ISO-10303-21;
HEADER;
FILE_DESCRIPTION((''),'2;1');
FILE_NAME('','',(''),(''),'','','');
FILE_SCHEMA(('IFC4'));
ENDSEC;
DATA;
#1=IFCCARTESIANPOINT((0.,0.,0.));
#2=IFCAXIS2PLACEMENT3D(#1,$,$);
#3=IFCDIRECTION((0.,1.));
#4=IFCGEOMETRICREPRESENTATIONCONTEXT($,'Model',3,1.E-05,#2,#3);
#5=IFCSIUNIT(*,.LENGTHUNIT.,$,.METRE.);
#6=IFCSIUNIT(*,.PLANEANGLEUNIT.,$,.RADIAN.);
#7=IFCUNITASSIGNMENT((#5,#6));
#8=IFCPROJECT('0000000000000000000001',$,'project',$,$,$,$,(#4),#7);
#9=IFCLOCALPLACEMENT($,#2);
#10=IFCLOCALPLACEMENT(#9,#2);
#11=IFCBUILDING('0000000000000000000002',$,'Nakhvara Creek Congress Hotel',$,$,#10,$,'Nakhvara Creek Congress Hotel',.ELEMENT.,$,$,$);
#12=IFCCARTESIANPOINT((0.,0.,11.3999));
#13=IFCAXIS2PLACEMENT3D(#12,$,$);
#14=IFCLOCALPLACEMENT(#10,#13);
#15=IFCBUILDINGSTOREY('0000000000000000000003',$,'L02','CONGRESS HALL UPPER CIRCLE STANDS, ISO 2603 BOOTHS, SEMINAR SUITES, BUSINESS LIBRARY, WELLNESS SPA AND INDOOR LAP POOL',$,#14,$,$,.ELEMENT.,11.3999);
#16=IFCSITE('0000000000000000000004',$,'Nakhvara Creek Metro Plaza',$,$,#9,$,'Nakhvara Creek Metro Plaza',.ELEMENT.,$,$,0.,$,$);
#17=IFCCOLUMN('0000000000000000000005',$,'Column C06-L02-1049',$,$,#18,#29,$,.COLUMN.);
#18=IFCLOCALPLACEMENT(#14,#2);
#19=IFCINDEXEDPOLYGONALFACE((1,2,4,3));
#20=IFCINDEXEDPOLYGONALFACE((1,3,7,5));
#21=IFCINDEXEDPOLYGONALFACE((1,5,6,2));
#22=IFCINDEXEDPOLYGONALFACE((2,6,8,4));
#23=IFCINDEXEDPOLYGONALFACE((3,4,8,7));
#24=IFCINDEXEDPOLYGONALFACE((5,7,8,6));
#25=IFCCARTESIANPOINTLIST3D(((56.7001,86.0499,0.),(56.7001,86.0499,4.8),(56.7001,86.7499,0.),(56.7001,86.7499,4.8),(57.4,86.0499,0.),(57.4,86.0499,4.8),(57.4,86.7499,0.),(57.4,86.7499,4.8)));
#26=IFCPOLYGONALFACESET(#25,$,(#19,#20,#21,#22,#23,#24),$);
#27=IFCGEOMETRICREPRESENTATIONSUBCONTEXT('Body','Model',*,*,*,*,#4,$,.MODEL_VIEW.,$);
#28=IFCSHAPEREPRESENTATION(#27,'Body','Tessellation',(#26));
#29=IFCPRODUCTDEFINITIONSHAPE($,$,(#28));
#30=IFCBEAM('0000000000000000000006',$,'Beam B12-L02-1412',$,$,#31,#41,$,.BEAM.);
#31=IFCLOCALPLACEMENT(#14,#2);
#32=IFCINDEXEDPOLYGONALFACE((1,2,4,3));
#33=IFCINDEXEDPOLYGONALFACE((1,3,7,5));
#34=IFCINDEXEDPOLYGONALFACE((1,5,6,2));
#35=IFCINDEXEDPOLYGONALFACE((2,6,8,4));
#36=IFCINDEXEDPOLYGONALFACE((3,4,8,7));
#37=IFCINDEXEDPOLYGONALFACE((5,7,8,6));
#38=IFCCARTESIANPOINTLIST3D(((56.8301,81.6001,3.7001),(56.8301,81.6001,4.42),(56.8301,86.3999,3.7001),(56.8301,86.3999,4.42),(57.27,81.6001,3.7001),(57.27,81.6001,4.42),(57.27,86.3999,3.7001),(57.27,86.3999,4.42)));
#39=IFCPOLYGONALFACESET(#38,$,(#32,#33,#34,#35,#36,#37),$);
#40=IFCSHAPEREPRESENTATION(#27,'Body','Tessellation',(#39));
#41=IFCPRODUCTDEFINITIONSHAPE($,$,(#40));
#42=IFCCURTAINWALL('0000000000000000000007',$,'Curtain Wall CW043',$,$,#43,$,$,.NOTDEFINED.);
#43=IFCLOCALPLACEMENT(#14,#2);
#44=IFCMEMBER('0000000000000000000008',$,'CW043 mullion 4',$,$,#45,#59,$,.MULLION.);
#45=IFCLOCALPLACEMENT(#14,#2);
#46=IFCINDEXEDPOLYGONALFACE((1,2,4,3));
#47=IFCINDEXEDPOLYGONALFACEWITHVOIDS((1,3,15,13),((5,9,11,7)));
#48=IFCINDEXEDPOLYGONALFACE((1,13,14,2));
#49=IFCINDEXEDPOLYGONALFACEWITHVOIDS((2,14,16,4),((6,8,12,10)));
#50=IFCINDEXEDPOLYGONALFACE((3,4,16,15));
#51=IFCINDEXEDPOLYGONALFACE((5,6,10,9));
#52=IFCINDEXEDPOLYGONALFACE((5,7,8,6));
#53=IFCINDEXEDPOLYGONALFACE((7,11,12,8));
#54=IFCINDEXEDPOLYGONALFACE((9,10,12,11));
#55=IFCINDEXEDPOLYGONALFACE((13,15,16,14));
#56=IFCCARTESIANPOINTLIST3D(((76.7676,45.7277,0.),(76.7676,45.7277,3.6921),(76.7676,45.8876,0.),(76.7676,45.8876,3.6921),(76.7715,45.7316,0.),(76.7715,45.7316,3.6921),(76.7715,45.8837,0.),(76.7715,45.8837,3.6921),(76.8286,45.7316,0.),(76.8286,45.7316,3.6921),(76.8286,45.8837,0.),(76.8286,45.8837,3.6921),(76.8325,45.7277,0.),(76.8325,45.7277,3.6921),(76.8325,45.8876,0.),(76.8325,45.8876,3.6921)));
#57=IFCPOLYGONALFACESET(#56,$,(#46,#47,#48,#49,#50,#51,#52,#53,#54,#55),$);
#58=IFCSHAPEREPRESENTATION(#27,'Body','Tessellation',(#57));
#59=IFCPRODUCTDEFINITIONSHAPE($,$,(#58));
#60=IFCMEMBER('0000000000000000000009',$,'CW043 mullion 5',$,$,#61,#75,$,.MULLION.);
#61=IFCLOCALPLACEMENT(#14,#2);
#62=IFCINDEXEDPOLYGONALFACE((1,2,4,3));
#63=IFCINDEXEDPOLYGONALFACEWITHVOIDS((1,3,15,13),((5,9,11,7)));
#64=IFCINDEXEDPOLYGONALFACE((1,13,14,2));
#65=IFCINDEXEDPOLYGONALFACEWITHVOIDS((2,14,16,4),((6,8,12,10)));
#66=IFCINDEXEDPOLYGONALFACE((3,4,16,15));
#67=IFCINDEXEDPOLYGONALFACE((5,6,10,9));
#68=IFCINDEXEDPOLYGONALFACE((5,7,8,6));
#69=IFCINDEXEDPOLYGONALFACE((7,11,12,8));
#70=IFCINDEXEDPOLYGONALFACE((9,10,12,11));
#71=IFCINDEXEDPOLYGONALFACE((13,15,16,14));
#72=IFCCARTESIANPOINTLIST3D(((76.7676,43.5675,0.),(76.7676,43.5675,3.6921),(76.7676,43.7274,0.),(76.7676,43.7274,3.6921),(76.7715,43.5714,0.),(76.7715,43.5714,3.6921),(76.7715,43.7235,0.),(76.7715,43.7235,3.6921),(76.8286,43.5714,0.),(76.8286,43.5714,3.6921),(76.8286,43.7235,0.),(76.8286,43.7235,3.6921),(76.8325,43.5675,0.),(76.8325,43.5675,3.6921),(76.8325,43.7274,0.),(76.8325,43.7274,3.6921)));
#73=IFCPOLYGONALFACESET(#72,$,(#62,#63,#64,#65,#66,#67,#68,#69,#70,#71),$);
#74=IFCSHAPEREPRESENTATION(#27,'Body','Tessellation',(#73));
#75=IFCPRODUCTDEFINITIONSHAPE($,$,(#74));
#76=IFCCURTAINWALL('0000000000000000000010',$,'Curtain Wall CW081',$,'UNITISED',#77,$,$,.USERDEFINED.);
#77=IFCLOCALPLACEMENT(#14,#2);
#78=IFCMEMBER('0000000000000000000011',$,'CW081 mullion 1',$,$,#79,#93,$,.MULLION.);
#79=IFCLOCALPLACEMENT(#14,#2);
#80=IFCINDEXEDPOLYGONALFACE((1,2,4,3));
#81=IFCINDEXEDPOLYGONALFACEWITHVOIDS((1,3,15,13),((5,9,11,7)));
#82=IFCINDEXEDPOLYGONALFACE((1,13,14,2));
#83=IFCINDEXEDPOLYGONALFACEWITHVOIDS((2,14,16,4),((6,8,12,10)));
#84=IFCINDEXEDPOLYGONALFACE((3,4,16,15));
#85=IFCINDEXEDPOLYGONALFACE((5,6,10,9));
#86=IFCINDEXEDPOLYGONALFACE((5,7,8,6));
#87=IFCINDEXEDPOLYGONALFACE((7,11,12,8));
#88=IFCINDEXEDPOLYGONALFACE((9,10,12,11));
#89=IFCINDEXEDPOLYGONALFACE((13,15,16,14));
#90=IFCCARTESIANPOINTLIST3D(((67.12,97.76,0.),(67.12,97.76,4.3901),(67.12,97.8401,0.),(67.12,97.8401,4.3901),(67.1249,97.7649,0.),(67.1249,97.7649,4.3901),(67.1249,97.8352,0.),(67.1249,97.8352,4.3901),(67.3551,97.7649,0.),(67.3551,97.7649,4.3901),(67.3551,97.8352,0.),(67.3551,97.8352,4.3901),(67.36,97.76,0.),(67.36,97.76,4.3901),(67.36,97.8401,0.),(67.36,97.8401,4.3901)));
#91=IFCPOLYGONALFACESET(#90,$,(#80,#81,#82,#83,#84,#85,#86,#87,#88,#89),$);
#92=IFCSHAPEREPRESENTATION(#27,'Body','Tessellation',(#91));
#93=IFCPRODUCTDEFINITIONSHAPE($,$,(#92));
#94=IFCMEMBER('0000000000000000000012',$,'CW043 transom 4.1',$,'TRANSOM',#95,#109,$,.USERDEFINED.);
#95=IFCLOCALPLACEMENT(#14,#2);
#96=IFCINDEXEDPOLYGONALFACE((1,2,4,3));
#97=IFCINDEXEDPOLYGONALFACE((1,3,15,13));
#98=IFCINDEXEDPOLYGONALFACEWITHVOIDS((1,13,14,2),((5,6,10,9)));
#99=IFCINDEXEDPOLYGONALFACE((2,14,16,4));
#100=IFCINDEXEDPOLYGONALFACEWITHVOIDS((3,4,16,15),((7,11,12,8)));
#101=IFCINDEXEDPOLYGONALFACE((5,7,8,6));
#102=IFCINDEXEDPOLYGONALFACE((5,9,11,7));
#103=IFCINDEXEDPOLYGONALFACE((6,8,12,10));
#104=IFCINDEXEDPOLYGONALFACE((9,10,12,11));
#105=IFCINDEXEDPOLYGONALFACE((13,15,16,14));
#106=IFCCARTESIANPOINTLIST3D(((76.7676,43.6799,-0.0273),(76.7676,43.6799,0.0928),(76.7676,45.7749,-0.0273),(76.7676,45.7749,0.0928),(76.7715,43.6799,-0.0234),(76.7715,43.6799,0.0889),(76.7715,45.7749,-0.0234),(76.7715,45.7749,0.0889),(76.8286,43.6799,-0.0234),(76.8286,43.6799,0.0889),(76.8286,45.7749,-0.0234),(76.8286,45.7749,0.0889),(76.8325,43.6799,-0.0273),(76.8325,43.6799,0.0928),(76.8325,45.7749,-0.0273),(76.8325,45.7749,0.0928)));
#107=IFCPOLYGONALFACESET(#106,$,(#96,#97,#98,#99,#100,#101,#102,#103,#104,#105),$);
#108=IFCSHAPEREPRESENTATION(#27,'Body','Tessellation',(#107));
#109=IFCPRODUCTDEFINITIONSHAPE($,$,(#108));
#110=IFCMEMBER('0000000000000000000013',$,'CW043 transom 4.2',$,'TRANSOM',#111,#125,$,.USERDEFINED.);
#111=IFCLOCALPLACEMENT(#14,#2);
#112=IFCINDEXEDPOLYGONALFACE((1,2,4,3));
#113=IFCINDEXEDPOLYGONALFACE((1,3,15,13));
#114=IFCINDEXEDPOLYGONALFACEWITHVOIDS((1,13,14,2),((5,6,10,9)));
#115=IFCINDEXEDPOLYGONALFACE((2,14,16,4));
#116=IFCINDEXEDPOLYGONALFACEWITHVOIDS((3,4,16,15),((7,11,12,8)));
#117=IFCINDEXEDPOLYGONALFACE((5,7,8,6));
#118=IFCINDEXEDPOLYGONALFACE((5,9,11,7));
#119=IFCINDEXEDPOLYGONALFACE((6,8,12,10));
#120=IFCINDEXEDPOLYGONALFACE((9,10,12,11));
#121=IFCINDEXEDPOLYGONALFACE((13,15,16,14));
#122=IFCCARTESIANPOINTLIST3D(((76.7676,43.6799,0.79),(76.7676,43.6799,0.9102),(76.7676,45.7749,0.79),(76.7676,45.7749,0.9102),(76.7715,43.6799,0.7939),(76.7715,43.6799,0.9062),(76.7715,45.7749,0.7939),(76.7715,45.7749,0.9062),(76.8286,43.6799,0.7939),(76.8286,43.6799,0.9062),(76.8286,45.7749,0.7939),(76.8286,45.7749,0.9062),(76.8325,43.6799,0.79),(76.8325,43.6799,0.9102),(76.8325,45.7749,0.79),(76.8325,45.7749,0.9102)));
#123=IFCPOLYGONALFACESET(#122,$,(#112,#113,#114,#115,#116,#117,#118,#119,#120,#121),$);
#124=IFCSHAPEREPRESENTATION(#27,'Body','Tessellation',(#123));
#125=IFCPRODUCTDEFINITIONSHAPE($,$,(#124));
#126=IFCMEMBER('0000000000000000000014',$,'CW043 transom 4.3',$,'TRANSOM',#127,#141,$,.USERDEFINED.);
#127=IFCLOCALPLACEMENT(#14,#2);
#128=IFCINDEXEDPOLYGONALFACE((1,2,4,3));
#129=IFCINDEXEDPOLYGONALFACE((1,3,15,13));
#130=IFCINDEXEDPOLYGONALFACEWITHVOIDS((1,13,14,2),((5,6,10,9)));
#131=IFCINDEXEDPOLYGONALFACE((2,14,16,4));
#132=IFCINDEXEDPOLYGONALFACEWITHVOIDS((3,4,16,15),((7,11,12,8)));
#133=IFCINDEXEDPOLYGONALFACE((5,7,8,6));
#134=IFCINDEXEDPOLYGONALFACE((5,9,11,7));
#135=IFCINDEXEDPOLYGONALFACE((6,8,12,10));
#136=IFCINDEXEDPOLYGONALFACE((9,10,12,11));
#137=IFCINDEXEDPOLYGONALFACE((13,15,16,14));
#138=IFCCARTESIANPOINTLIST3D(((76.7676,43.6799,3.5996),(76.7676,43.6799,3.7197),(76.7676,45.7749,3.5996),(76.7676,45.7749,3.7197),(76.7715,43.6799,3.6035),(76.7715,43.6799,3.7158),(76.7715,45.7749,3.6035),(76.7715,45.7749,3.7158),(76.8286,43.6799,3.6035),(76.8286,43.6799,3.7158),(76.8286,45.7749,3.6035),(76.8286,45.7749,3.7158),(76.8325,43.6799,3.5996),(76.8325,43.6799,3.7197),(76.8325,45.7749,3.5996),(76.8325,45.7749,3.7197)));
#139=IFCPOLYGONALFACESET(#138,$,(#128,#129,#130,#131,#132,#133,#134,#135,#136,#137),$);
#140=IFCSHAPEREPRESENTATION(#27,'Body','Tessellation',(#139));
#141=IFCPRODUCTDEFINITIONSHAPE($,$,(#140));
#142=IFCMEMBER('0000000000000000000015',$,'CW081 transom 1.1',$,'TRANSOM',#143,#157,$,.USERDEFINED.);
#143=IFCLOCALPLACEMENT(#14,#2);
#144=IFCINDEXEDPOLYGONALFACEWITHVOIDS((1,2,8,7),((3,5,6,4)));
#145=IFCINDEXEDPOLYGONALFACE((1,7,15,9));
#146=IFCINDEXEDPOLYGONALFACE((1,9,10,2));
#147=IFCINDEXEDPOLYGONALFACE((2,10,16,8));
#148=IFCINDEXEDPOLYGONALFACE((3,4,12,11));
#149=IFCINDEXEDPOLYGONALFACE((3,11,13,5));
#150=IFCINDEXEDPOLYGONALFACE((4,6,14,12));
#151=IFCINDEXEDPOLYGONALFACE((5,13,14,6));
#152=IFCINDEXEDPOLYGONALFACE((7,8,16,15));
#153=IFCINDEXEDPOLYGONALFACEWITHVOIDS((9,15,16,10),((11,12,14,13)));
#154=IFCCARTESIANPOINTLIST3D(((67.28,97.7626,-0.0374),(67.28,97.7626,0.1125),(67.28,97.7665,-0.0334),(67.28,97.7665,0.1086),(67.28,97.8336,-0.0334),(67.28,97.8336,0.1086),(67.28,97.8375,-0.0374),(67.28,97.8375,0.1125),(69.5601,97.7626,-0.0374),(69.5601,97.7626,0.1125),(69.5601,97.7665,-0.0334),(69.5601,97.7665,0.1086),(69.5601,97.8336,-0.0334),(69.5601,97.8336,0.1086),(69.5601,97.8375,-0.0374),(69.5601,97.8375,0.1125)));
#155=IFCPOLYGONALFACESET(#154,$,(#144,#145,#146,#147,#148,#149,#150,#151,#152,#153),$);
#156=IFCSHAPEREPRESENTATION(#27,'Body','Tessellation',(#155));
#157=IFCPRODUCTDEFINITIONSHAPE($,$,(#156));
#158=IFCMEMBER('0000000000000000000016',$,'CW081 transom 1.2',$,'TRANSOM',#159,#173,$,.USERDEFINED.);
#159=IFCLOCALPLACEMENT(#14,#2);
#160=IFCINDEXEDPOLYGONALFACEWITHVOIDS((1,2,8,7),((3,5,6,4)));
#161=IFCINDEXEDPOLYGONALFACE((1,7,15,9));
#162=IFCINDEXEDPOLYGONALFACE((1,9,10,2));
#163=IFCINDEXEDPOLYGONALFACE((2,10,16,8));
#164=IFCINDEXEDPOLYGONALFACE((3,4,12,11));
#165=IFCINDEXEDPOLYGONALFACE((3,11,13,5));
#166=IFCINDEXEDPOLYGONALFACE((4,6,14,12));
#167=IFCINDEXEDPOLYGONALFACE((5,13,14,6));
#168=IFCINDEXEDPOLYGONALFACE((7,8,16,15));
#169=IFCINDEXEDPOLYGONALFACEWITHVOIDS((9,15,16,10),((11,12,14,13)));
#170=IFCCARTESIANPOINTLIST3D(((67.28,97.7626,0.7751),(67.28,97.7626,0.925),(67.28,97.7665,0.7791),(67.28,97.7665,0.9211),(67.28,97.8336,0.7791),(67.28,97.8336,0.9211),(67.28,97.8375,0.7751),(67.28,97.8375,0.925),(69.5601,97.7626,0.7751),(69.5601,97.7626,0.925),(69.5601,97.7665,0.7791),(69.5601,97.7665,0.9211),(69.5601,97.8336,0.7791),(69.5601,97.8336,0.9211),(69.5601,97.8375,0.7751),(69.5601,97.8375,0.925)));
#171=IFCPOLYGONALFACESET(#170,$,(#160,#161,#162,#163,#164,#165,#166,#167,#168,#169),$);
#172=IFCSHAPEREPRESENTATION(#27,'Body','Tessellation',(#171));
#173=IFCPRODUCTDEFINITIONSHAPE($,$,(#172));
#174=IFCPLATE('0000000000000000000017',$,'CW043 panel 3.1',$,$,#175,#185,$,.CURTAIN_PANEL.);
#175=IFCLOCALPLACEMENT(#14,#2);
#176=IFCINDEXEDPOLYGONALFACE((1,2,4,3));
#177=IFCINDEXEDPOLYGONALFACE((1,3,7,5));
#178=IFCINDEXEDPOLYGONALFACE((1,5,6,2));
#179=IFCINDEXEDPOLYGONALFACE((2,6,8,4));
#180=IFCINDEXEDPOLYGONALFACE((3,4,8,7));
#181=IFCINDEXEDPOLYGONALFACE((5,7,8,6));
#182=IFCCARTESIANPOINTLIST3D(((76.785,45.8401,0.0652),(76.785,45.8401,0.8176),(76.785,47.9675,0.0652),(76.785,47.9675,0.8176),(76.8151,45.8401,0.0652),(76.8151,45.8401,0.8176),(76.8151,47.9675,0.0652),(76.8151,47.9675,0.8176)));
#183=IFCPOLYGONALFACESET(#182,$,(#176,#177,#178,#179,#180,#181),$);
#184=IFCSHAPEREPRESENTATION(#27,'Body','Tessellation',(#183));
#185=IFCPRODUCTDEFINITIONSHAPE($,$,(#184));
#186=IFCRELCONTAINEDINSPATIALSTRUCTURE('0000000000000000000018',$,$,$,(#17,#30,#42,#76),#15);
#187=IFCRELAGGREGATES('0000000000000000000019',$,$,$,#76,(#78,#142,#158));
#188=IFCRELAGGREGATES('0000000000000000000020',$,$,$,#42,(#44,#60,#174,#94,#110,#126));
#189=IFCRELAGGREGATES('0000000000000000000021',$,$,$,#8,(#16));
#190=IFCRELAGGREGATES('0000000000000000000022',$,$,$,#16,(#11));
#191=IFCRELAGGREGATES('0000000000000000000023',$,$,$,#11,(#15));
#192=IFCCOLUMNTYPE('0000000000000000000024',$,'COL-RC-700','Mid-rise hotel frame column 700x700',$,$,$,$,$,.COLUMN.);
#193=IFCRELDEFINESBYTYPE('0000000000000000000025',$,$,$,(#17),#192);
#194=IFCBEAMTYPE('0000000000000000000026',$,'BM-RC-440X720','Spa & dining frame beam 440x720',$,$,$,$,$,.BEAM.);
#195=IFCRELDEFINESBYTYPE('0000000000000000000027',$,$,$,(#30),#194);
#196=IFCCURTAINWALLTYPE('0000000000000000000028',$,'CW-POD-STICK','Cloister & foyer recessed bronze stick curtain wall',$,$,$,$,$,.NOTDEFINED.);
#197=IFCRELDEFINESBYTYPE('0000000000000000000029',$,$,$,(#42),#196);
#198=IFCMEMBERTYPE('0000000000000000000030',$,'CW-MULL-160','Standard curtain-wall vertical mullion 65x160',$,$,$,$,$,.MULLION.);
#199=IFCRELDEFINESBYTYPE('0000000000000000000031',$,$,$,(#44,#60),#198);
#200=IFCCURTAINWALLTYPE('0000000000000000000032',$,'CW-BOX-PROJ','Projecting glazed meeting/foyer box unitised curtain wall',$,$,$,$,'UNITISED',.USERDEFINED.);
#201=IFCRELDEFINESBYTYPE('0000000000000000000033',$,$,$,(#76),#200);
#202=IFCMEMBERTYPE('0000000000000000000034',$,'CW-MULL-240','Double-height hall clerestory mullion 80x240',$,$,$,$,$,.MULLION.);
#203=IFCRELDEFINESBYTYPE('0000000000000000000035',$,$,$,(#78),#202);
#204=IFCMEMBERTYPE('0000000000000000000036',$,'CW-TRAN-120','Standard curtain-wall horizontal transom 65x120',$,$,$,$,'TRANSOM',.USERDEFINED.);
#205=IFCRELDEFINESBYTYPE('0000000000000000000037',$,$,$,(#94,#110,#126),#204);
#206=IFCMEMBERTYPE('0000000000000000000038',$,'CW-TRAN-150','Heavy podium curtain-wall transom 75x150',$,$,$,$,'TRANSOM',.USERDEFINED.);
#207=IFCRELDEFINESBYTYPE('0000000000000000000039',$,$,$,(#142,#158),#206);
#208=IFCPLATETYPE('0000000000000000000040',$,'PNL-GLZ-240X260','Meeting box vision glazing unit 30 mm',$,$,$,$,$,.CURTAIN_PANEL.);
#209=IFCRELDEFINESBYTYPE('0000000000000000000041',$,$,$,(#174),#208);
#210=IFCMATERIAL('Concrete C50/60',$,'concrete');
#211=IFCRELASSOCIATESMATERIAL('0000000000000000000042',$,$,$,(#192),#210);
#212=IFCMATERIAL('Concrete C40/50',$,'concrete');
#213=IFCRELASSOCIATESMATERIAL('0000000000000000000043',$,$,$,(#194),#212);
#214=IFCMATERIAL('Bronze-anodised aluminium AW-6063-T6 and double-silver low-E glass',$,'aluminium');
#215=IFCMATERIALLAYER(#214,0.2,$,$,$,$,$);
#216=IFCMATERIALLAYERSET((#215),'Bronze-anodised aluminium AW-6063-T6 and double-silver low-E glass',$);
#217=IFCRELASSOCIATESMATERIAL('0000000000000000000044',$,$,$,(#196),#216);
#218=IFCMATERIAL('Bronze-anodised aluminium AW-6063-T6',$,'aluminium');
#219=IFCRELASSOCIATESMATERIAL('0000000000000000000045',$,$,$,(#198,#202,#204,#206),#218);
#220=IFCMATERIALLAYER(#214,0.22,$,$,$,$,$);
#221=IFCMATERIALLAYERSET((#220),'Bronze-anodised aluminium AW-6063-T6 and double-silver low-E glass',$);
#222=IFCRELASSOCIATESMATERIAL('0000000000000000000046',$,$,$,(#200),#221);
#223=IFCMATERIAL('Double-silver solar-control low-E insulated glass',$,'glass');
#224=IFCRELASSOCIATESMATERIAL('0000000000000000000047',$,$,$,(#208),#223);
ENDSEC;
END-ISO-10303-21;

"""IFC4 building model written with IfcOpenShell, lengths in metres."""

from ifc_helpers import new_model, si_unit, direction, frame, origin, origin_2d, place, context, subcontext, project, spatial, rectangle, hollow_rectangle, extrude, material, layer, layer_set, material_profile, profile_set, type_object, element, aggregate, save


model = new_model("IFC4")

# Units and contexts
model_context = context("Model", 3, precision=1e-05, world=origin(), true_north=direction((0.0, 1.0)))
body_context = subcontext(model_context, "Body", "Model", "MODEL_VIEW")
ifc_project = project(units=[si_unit("LENGTHUNIT", "METRE"), si_unit("PLANEANGLEUNIT", "RADIAN")], contexts=[model_context])

# Site, building, storey
site_placement = place(None, origin())
site = spatial("IfcSite", under=ifc_project, at=site_placement, Name="Nakhvara Creek Metro Plaza", LongName="Nakhvara Creek Metro Plaza", CompositionType="ELEMENT", RefElevation=0.0)
building_placement = place(site_placement, origin())
building = spatial("IfcBuilding", under=site, at=building_placement, Name="Nakhvara Creek Congress Hotel", LongName="Nakhvara Creek Congress Hotel", CompositionType="ELEMENT")
storey_placement = place(building_placement, frame((0.0, 0.0, 11.3999)))
storey = spatial("IfcBuildingStorey", under=building, at=storey_placement, Name="L02", Description="CONGRESS HALL UPPER CIRCLE STANDS, ISO 2603 BOOTHS, SEMINAR SUITES, BUSINESS LIBRARY, WELLNESS SPA AND INDOOR LAP POOL", CompositionType="ELEMENT", Elevation=11.3999)

# Column
ifc_material_1 = material(Name="Concrete C50/60", Category="concrete")
ifc_material_profile_1 = material_profile(ifc_material_1, rectangle(XDim=0.7, YDim=0.7, at=origin_2d()), Name="RC-COL 700x700", Category="LoadBearing")
ifc_profile_set_1 = profile_set([ifc_material_profile_1], Name="Concrete C50/60")
column_type = type_object("IfcColumnType", Name="COL-RC-700", Description="Mid-rise hotel frame column 700x700", PredefinedType="COLUMN", material=ifc_profile_set_1)
column_placement = place(storey_placement, frame((57.05, 86.3999, 0.0), z_axis=(0.0, 0.0, 1.0), x_axis=(1.0, 0.0, 0.0)))
element("IfcColumn", 1, at=column_placement, inside=storey, type_object=column_type, Name="Column C06-L02-1049", PredefinedType="COLUMN", context=body_context, shape_type="SweptSolid", body=[
    extrude(rectangle(XDim=0.7, YDim=0.7, at=origin_2d()), origin(), (0.0, 0.0, 1.0), 4.8),
])

# Beam
ifc_material_2 = material(Name="Concrete C40/50", Category="concrete")
ifc_material_profile_2 = material_profile(ifc_material_2, rectangle(XDim=0.4399, YDim=0.72, at=origin_2d()), Name="RC-BM 440x720", Category="LoadBearing")
ifc_profile_set_2 = profile_set([ifc_material_profile_2], Name="Concrete C40/50")
beam_type = type_object("IfcBeamType", Name="BM-RC-440X720", Description="Spa & dining frame beam 440x720", PredefinedType="BEAM", material=ifc_profile_set_2)
beam_placement = place(storey_placement, frame((57.05, 81.6001, 4.0601), z_axis=(0.0, 1.0, 0.0), x_axis=(-1.0, 0.0, 0.0)))
element("IfcBeam", 2, at=beam_placement, inside=storey, type_object=beam_type, Name="Beam B12-L02-1412", PredefinedType="BEAM", context=body_context, shape_type="SweptSolid", body=[
    extrude(rectangle(XDim=0.4399, YDim=0.72, at=origin_2d()), origin(), (0.0, 0.0, 1.0), 4.7998),
])

# Curtain wall, members
ifc_material_3 = material(Name="Bronze-anodised aluminium AW-6063-T6 and double-silver low-E glass", Category="aluminium")
ifc_layer_1 = layer(ifc_material_3, 0.2)
ifc_layer_set_1 = layer_set([ifc_layer_1], Name="Bronze-anodised aluminium AW-6063-T6 and double-silver low-E glass")
curtain_wall_type_1 = type_object("IfcCurtainWallType", Name="CW-POD-STICK", Description="Cloister & foyer recessed bronze stick curtain wall", PredefinedType="NOTDEFINED", material=ifc_layer_set_1)
curtain_wall_1_placement = place(storey_placement, origin())
curtain_wall_1 = element("IfcCurtainWall", 3, at=curtain_wall_1_placement, inside=storey, type_object=curtain_wall_type_1, Name="Curtain Wall CW043", PredefinedType="NOTDEFINED")
ifc_material_4 = material(Name="Bronze-anodised aluminium AW-6063-T6", Category="aluminium")
ifc_material_profile_3 = material_profile(ifc_material_4, hollow_rectangle(XDim=0.0649, YDim=0.1599, WallThickness=0.0039, at=origin_2d()), Name="ALU-MULL 65x160x4", Category="LoadBearing")
ifc_profile_set_3 = profile_set([ifc_material_profile_3], Name="Bronze-anodised aluminium AW-6063-T6")
member_type_1 = type_object("IfcMemberType", Name="CW-MULL-160", Description="Standard curtain-wall vertical mullion 65x160", PredefinedType="MULLION", material=ifc_profile_set_3)
member_1_placement = place(storey_placement, frame((76.8, 45.8076, 0.0), z_axis=(0.0, 0.0, 1.0), x_axis=(1.0, 0.0, 0.0)))
member_1 = element("IfcMember", 4, at=member_1_placement, type_object=member_type_1, Name="CW043 mullion 4", PredefinedType="MULLION", context=body_context, shape_type="SweptSolid", body=[
    extrude(hollow_rectangle(XDim=0.0649, YDim=0.1599, WallThickness=0.0039, at=origin_2d()), origin(), (0.0, 0.0, 1.0), 3.6921),
])
member_2_placement = place(storey_placement, frame((76.8, 43.6475, 0.0), z_axis=(0.0, 0.0, 1.0), x_axis=(1.0, 0.0, 0.0)))
member_2 = element("IfcMember", 5, at=member_2_placement, type_object=member_type_1, Name="CW043 mullion 5", PredefinedType="MULLION", context=body_context, shape_type="SweptSolid", body=[
    extrude(hollow_rectangle(XDim=0.0649, YDim=0.1599, WallThickness=0.0039, at=origin_2d()), origin(), (0.0, 0.0, 1.0), 3.6921),
])

# Curtain wall, member
ifc_layer_2 = layer(ifc_material_3, 0.22)
ifc_layer_set_2 = layer_set([ifc_layer_2], Name="Bronze-anodised aluminium AW-6063-T6 and double-silver low-E glass")
curtain_wall_type_2 = type_object("IfcCurtainWallType", Name="CW-BOX-PROJ", Description="Projecting glazed meeting/foyer box unitised curtain wall", ElementType="UNITISED", PredefinedType="USERDEFINED", material=ifc_layer_set_2)
curtain_wall_2_placement = place(storey_placement, origin())
curtain_wall_2 = element("IfcCurtainWall", 6, at=curtain_wall_2_placement, inside=storey, type_object=curtain_wall_type_2, Name="Curtain Wall CW081", ObjectType="UNITISED", PredefinedType="USERDEFINED")
ifc_material_profile_4 = material_profile(ifc_material_4, hollow_rectangle(XDim=0.0801, YDim=0.24, WallThickness=0.0049, at=origin_2d()), Name="ALU-MULL 80x240x5", Category="LoadBearing")
ifc_profile_set_4 = profile_set([ifc_material_profile_4], Name="Bronze-anodised aluminium AW-6063-T6")
member_type_2 = type_object("IfcMemberType", Name="CW-MULL-240", Description="Double-height hall clerestory mullion 80x240", PredefinedType="MULLION", material=ifc_profile_set_4)
member_3_placement = place(storey_placement, frame((67.24, 97.8, 0.0), z_axis=(0.0, 0.0, 1.0), x_axis=(0.0, 1.0, 0.0)))
member_3 = element("IfcMember", 7, at=member_3_placement, type_object=member_type_2, Name="CW081 mullion 1", PredefinedType="MULLION", context=body_context, shape_type="SweptSolid", body=[
    extrude(hollow_rectangle(XDim=0.0801, YDim=0.24, WallThickness=0.0049, at=origin_2d()), origin(), (0.0, 0.0, 1.0), 4.3901),
])

# Members
ifc_material_profile_5 = material_profile(ifc_material_4, hollow_rectangle(XDim=0.0649, YDim=0.1201, WallThickness=0.0039, at=origin_2d()), Name="ALU-TRAN 65x120x4", Category="LoadBearing")
ifc_profile_set_5 = profile_set([ifc_material_profile_5], Name="Bronze-anodised aluminium AW-6063-T6")
member_type_3 = type_object("IfcMemberType", Name="CW-TRAN-120", Description="Standard curtain-wall horizontal transom 65x120", ElementType="TRANSOM", PredefinedType="USERDEFINED", material=ifc_profile_set_5)
member_4_placement = place(storey_placement, frame((76.8, 45.7749, 0.0327), z_axis=(0.0, -1.0, 0.0), x_axis=(1.0, 0.0, 0.0)))
member_4 = element("IfcMember", 8, at=member_4_placement, type_object=member_type_3, Name="CW043 transom 4.1", ObjectType="TRANSOM", PredefinedType="USERDEFINED", context=body_context, shape_type="SweptSolid", body=[
    extrude(hollow_rectangle(XDim=0.0649, YDim=0.1201, WallThickness=0.0039, at=origin_2d()), origin(), (0.0, 0.0, 1.0), 2.095),
])
member_5_placement = place(storey_placement, frame((76.8, 45.7749, 0.8501), z_axis=(0.0, -1.0, 0.0), x_axis=(1.0, 0.0, 0.0)))
member_5 = element("IfcMember", 9, at=member_5_placement, type_object=member_type_3, Name="CW043 transom 4.2", ObjectType="TRANSOM", PredefinedType="USERDEFINED", context=body_context, shape_type="SweptSolid", body=[
    extrude(hollow_rectangle(XDim=0.0649, YDim=0.1201, WallThickness=0.0039, at=origin_2d()), origin(), (0.0, 0.0, 1.0), 2.095),
])
member_6_placement = place(storey_placement, frame((76.8, 45.7749, 3.6597), z_axis=(0.0, -1.0, 0.0), x_axis=(1.0, 0.0, 0.0)))
member_6 = element("IfcMember", 10, at=member_6_placement, type_object=member_type_3, Name="CW043 transom 4.3", ObjectType="TRANSOM", PredefinedType="USERDEFINED", context=body_context, shape_type="SweptSolid", body=[
    extrude(hollow_rectangle(XDim=0.0649, YDim=0.1201, WallThickness=0.0039, at=origin_2d()), origin(), (0.0, 0.0, 1.0), 2.095),
])
ifc_material_profile_6 = material_profile(ifc_material_4, hollow_rectangle(XDim=0.075, YDim=0.1499, WallThickness=0.0039, at=origin_2d()), Name="ALU-TRAN 75x150x4", Category="LoadBearing")
ifc_profile_set_6 = profile_set([ifc_material_profile_6], Name="Bronze-anodised aluminium AW-6063-T6")
member_type_4 = type_object("IfcMemberType", Name="CW-TRAN-150", Description="Heavy podium curtain-wall transom 75x150", ElementType="TRANSOM", PredefinedType="USERDEFINED", material=ifc_profile_set_6)
member_7_placement = place(storey_placement, frame((67.28, 97.8, 0.0376), z_axis=(1.0, 0.0, 0.0), x_axis=(0.0, 1.0, 0.0)))
member_7 = element("IfcMember", 11, at=member_7_placement, type_object=member_type_4, Name="CW081 transom 1.1", ObjectType="TRANSOM", PredefinedType="USERDEFINED", context=body_context, shape_type="SweptSolid", body=[
    extrude(hollow_rectangle(XDim=0.075, YDim=0.1499, WallThickness=0.0039, at=origin_2d()), origin(), (0.0, 0.0, 1.0), 2.28),
])
member_8_placement = place(storey_placement, frame((67.28, 97.8, 0.8501), z_axis=(1.0, 0.0, 0.0), x_axis=(0.0, 1.0, 0.0)))
member_8 = element("IfcMember", 12, at=member_8_placement, type_object=member_type_4, Name="CW081 transom 1.2", ObjectType="TRANSOM", PredefinedType="USERDEFINED", context=body_context, shape_type="SweptSolid", body=[
    extrude(hollow_rectangle(XDim=0.075, YDim=0.1499, WallThickness=0.0039, at=origin_2d()), origin(), (0.0, 0.0, 1.0), 2.28),
])
aggregate(curtain_wall_2, [member_3, member_7, member_8])

# Plate
ifc_material_5 = material(Name="Double-silver solar-control low-E insulated glass", Category="glass")
plate_type = type_object("IfcPlateType", Name="PNL-GLZ-240X260", Description="Meeting box vision glazing unit 30 mm", PredefinedType="CURTAIN_PANEL", material=ifc_material_5)
plate_1_placement = place(storey_placement, frame((76.8, 46.9038, 0.0652), z_axis=(0.0, 0.0, 1.0), x_axis=(0.0, -1.0, 0.0)))
plate_1 = element("IfcPlate", 13, at=plate_1_placement, type_object=plate_type, Name="CW043 panel 3.1", PredefinedType="CURTAIN_PANEL", context=body_context, shape_type="SweptSolid", body=[
    extrude(rectangle(XDim=2.1274, YDim=0.03, at=origin_2d()), origin(), (0.0, 0.0, 1.0), 0.7524),
])
aggregate(curtain_wall_1, [member_1, member_2, plate_1, member_4, member_5, member_6])

save(model, "model.ifc")
